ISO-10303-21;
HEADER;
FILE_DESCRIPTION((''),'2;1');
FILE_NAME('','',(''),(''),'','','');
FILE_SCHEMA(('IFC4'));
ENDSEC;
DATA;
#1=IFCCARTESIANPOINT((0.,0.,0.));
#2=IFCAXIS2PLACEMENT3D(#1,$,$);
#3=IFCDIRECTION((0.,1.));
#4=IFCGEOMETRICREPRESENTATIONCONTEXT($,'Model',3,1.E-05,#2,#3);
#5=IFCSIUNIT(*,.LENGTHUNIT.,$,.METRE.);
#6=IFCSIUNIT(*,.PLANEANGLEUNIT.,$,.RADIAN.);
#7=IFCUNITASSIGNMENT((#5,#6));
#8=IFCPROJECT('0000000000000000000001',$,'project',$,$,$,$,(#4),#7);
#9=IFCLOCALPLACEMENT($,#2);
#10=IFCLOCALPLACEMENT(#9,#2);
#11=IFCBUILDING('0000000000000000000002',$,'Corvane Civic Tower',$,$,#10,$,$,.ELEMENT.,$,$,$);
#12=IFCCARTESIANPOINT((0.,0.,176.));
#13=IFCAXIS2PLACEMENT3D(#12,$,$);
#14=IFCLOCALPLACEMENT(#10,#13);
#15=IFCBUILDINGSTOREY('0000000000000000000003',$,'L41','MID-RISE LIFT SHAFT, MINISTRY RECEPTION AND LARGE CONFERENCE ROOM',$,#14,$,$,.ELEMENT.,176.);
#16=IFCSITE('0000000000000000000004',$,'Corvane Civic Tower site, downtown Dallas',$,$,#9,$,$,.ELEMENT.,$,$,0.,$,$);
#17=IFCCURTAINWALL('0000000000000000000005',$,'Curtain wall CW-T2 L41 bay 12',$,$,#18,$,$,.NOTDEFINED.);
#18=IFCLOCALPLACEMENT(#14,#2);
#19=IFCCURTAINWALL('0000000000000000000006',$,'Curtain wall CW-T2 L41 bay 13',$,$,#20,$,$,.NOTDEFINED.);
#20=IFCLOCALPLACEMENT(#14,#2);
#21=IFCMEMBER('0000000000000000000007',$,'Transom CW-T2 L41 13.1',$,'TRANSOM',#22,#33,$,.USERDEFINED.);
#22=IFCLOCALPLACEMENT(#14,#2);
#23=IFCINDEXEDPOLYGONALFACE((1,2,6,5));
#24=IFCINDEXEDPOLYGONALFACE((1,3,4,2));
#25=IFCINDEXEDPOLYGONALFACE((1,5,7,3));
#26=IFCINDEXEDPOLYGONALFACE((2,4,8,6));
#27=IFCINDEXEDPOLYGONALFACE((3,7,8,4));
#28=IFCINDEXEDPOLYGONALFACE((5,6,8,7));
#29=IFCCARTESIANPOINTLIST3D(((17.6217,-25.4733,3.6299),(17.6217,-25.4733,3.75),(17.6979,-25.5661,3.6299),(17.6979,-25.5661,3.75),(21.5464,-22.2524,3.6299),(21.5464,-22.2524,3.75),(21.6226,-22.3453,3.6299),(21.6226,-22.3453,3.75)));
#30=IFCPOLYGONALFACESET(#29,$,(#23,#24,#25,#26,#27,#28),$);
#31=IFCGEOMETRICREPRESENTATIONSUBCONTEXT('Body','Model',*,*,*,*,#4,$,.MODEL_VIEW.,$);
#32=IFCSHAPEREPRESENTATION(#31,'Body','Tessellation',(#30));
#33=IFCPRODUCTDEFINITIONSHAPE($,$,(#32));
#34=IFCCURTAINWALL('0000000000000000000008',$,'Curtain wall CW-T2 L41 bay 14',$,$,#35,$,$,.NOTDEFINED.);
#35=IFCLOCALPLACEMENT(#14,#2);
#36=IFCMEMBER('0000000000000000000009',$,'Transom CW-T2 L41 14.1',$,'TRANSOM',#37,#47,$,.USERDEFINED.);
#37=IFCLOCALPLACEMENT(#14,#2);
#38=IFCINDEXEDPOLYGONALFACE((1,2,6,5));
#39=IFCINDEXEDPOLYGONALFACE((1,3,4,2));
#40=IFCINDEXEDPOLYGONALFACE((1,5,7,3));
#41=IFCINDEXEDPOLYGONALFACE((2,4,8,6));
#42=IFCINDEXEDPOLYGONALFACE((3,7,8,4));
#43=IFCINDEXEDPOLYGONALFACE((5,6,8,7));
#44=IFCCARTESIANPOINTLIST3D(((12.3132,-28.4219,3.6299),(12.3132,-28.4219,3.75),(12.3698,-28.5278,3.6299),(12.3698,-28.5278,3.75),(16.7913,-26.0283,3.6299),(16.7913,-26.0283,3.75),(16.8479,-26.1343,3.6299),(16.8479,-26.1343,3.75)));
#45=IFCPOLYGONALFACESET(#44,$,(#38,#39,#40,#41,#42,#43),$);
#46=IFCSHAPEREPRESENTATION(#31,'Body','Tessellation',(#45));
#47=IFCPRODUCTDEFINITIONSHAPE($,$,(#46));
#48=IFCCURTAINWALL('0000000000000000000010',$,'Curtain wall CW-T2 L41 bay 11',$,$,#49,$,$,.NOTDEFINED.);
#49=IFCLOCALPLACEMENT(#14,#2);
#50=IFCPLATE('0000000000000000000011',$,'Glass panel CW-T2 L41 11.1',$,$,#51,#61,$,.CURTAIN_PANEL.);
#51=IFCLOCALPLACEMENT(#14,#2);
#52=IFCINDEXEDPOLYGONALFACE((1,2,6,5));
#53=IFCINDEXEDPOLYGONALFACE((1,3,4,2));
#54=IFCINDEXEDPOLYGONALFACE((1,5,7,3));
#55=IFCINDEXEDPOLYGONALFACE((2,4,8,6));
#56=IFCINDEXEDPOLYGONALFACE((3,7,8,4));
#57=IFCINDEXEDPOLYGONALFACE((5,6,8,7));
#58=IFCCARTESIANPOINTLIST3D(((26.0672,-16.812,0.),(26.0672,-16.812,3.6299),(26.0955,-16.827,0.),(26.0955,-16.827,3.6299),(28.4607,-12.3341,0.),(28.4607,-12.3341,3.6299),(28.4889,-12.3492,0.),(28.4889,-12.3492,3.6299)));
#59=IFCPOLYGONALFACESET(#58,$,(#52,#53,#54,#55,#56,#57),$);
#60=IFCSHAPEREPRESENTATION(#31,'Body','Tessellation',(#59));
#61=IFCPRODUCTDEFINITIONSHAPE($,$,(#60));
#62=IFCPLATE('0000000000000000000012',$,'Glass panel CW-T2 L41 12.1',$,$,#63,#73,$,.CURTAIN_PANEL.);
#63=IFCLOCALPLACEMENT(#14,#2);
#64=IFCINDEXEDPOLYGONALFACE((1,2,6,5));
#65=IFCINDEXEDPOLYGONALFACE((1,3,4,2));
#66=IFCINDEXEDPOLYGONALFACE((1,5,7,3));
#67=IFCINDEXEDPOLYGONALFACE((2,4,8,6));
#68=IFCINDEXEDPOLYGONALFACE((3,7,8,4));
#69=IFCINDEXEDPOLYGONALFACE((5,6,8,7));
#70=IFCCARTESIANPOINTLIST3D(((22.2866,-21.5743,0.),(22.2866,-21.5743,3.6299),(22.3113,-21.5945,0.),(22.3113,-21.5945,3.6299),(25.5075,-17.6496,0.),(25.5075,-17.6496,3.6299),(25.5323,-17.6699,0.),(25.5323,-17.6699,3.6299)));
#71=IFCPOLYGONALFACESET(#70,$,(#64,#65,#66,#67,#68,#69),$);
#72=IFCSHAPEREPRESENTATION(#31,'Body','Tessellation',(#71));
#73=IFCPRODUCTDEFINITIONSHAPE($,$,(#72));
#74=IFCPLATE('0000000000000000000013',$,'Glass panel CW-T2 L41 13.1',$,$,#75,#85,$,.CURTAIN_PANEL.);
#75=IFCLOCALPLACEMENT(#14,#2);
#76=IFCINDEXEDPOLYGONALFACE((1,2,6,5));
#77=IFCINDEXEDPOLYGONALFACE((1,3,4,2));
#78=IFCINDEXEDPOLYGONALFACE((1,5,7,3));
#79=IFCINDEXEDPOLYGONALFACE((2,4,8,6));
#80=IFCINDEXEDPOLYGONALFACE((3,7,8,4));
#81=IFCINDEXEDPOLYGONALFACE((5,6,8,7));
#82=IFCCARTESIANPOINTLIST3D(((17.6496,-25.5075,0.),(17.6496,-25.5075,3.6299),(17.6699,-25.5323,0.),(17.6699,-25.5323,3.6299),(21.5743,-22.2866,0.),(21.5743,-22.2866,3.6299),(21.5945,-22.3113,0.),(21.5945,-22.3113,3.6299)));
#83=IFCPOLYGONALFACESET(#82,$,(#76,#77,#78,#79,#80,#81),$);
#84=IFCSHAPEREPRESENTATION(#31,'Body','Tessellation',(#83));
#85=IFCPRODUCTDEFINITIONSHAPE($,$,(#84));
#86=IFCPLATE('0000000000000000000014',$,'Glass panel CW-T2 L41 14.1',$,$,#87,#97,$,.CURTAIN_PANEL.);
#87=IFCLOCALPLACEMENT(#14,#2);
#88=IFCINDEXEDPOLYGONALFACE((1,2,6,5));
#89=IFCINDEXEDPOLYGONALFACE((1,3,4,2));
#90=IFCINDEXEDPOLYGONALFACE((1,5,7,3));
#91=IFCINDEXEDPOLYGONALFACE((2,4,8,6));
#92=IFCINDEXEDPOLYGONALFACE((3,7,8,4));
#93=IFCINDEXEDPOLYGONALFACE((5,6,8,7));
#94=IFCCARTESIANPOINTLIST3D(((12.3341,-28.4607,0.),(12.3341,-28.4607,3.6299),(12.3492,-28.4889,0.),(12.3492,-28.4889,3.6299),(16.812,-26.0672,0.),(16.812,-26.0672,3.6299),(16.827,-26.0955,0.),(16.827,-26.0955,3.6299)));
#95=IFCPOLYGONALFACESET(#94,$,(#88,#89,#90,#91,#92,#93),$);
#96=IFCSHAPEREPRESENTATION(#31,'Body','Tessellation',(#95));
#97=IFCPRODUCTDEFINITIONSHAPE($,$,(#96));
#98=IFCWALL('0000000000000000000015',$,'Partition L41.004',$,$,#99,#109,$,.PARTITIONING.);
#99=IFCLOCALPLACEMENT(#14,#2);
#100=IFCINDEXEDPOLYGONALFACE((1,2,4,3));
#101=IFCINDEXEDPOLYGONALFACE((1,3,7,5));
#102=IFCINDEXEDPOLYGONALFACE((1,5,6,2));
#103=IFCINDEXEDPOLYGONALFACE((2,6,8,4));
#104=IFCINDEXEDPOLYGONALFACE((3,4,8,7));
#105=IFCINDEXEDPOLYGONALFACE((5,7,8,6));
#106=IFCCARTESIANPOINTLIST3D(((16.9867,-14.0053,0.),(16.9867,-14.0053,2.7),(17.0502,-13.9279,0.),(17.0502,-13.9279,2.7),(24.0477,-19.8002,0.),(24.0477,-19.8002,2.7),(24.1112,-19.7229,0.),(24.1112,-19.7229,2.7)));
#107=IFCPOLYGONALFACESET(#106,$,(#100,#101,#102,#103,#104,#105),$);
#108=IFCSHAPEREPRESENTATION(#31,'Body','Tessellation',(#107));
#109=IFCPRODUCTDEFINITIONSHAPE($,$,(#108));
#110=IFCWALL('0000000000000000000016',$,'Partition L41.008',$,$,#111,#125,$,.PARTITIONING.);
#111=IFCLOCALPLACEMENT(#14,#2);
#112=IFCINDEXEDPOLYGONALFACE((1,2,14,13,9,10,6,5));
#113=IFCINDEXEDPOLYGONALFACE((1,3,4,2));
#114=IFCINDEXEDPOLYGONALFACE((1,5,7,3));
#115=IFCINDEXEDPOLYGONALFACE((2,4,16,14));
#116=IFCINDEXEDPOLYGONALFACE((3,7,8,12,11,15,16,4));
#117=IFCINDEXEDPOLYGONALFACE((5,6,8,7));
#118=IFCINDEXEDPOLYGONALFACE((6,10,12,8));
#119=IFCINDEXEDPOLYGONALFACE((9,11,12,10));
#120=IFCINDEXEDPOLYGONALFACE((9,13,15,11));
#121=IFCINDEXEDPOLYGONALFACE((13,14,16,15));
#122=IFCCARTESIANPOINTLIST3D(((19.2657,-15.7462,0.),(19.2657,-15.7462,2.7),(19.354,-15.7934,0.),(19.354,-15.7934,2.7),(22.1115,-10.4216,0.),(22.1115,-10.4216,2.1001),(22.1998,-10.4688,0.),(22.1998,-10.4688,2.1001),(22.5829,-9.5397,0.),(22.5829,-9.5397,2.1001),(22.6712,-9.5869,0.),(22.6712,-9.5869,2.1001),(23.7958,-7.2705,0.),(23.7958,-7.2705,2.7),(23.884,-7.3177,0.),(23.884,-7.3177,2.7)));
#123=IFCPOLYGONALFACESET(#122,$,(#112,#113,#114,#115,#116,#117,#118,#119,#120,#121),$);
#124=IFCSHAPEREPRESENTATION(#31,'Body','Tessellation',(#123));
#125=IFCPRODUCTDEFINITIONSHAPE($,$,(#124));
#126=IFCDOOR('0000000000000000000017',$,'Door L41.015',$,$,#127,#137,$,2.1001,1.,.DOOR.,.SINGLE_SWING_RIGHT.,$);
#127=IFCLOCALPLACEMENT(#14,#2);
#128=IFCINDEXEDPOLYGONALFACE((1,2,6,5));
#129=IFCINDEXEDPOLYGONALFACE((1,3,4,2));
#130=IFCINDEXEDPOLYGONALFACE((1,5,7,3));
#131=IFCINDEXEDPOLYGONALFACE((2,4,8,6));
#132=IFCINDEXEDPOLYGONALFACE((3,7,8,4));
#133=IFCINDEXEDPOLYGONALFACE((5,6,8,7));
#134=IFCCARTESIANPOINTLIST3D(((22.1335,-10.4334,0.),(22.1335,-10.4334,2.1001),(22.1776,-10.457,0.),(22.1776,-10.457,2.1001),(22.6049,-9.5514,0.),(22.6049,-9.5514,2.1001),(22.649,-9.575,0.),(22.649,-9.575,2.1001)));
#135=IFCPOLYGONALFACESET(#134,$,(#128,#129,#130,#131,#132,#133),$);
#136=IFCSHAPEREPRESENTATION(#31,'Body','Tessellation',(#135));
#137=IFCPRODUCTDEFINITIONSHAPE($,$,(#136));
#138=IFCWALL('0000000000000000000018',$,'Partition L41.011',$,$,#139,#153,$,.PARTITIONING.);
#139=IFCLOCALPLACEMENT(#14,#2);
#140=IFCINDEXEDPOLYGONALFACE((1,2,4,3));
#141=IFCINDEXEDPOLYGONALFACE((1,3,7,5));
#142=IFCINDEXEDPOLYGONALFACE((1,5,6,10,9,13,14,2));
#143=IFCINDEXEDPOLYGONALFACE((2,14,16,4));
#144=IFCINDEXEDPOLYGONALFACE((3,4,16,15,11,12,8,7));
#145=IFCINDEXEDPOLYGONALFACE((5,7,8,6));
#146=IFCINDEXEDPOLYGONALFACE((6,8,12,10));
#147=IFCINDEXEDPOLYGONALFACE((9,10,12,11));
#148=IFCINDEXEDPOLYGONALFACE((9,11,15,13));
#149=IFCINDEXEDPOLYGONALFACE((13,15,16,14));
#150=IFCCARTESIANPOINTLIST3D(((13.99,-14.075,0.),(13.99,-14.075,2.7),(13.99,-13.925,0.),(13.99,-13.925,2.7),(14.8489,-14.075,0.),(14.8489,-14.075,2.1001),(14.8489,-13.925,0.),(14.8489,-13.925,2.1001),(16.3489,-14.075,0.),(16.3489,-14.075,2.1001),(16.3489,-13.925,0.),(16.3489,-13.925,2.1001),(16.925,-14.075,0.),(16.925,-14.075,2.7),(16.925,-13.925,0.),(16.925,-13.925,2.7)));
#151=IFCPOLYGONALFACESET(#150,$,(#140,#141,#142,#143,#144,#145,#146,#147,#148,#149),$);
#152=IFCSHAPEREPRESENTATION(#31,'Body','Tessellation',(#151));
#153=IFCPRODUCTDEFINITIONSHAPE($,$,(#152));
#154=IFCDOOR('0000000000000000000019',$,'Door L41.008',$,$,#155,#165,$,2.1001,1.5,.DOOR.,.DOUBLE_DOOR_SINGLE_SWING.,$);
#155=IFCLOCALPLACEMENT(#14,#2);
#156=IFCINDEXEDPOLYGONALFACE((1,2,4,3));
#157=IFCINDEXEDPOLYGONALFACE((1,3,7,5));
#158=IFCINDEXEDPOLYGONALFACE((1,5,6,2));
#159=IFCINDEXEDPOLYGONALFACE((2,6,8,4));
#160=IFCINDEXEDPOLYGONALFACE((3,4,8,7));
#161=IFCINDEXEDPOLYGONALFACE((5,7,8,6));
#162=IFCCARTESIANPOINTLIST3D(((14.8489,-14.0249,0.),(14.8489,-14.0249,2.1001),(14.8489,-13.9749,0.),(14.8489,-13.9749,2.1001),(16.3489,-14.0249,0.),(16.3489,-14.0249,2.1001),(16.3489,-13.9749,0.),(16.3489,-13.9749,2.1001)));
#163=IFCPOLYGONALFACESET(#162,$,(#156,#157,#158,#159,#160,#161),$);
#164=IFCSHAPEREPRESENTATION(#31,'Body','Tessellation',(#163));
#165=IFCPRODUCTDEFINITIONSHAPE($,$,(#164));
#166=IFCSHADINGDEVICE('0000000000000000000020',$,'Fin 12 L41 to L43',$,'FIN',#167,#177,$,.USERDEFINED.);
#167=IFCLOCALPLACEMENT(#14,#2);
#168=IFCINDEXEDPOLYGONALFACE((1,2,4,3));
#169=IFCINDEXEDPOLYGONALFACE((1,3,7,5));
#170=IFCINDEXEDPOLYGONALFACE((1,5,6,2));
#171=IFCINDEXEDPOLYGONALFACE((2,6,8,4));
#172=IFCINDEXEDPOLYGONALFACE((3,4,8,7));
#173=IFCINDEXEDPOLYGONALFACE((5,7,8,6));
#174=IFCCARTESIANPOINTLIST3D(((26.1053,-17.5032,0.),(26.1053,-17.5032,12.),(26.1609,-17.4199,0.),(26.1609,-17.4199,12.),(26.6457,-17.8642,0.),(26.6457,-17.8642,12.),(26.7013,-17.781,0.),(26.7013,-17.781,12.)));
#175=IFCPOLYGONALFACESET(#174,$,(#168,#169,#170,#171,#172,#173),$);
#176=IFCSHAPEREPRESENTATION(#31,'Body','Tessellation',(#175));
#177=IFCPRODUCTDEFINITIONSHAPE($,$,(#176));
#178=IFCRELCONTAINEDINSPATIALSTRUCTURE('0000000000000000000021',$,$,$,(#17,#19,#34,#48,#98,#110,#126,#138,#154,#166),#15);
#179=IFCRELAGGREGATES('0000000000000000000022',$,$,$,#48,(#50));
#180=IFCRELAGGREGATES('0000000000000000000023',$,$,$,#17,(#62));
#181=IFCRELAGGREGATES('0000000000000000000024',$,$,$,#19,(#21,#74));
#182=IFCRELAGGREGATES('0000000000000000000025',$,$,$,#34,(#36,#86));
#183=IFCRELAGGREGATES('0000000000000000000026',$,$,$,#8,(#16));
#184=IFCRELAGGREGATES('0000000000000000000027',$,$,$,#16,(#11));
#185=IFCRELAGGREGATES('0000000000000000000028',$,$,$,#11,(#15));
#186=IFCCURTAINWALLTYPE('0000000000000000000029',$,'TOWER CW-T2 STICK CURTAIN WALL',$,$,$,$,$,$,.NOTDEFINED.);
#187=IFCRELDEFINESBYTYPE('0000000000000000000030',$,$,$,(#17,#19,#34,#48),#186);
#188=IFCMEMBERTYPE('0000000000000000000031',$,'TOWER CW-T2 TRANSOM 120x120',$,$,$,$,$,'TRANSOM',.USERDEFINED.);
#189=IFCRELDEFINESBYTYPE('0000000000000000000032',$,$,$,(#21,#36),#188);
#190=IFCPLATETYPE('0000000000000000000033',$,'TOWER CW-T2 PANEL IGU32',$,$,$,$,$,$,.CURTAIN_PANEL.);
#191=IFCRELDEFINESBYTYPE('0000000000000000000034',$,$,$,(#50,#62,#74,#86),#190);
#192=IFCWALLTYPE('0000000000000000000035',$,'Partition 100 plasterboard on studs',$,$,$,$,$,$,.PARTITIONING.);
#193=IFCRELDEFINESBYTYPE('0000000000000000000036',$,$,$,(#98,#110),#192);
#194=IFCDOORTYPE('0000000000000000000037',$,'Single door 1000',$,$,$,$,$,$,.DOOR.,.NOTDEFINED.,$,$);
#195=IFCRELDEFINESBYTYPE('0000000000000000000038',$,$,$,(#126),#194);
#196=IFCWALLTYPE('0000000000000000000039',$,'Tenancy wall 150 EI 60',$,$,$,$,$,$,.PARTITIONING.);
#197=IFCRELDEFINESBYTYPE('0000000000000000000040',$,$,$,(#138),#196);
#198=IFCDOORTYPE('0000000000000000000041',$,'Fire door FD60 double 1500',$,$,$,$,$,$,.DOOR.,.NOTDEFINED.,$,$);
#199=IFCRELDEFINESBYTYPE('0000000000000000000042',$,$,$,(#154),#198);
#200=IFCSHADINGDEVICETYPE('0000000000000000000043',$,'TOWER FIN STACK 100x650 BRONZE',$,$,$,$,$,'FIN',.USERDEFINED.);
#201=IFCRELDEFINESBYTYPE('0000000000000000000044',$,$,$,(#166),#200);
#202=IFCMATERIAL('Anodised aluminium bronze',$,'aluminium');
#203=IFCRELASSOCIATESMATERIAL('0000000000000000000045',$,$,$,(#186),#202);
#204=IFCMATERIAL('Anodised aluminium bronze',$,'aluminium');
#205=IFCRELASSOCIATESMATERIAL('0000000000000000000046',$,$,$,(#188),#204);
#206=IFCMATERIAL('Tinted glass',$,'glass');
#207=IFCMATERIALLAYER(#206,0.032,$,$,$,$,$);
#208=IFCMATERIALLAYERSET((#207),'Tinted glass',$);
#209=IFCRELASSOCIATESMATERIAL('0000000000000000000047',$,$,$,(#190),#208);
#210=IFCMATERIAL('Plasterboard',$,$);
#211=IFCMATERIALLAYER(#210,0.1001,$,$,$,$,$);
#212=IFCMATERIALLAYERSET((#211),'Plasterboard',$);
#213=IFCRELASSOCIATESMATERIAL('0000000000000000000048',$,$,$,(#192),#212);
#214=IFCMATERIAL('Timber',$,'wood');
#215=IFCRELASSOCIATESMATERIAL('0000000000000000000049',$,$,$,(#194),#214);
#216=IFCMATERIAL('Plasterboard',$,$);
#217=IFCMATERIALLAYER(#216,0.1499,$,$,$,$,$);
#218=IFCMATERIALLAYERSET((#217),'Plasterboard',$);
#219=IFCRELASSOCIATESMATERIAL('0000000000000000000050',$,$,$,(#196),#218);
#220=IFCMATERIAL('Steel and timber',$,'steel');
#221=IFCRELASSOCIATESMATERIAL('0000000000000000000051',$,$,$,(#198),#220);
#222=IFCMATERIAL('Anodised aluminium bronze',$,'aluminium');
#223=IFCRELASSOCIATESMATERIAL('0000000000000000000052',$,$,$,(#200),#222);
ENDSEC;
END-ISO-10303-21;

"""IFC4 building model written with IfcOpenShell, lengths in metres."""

from ifc_helpers import new_model, si_unit, direction, frame, frame_2d, origin, origin_2d, place, context, subcontext, project, spatial, rectangle, extrude, material, layer, layer_set, material_profile, profile_set, type_object, element, fill, aggregate, save


model = new_model("IFC4")

# Units and contexts
model_context = context("Model", 3, precision=1e-05, world=origin(), true_north=direction((0.0, 1.0)))
body_context = subcontext(model_context, "Body", "Model", "MODEL_VIEW")
ifc_project = project(units=[si_unit("LENGTHUNIT", "METRE"), si_unit("PLANEANGLEUNIT", "RADIAN")], contexts=[model_context])

# Site, building, storey
site_placement = place(None, origin())
site = spatial("IfcSite", under=ifc_project, at=site_placement, Name="Corvane Civic Tower site, downtown Dallas", CompositionType="ELEMENT", RefElevation=0.0)
building_placement = place(site_placement, origin())
building = spatial("IfcBuilding", under=site, at=building_placement, Name="Corvane Civic Tower", CompositionType="ELEMENT")
storey_placement = place(building_placement, frame((0.0, 0.0, 176.0)))
storey = spatial("IfcBuildingStorey", under=building, at=storey_placement, Name="L41", Description="MID-RISE LIFT SHAFT, MINISTRY RECEPTION AND LARGE CONFERENCE ROOM", CompositionType="ELEMENT", Elevation=176.0)

# Curtain walls, members
ifc_material_1 = material(Name="Anodised aluminium bronze", Category="aluminium")
curtain_wall_type = type_object("IfcCurtainWallType", Name="TOWER CW-T2 STICK CURTAIN WALL", PredefinedType="NOTDEFINED", material=ifc_material_1)
curtain_wall_1_placement = place(storey_placement, origin())
curtain_wall_1 = element("IfcCurtainWall", 1, at=curtain_wall_1_placement, inside=storey, type_object=curtain_wall_type, Name="Curtain wall CW-T2 L41 bay 12", PredefinedType="NOTDEFINED")
ifc_material_2 = material(Name="Anodised aluminium bronze", Category="aluminium")
ifc_material_profile_1 = material_profile(ifc_material_2, rectangle(XDim=0.1201, YDim=0.1201, at=origin_2d()), Name="TOWER CW-T2 TRANSOM 120x120")
ifc_profile_set_1 = profile_set([ifc_material_profile_1], Name="Anodised aluminium bronze")
member_type = type_object("IfcMemberType", Name="TOWER CW-T2 TRANSOM 120x120", ElementType="TRANSOM", PredefinedType="USERDEFINED", material=ifc_profile_set_1)
curtain_wall_2_placement = place(storey_placement, origin())
curtain_wall_2 = element("IfcCurtainWall", 2, at=curtain_wall_2_placement, inside=storey, type_object=curtain_wall_type, Name="Curtain wall CW-T2 L41 bay 13", PredefinedType="NOTDEFINED")
member_1_placement = place(storey_placement, frame((21.5845, -22.2988, 3.6899), z_axis=(-0.773016, -0.634387, 0.0), x_axis=(0.634387, -0.773016, 0.0)))
member_1 = element("IfcMember", 3, at=member_1_placement, type_object=member_type, Name="Transom CW-T2 L41 13.1", ObjectType="TRANSOM", PredefinedType="USERDEFINED", context=body_context, shape_type="SweptSolid", body=[
    extrude(rectangle(XDim=0.1201, YDim=0.1201, at=origin_2d()), origin(), (0.0, 0.0, 1.0), 5.0771),
])
curtain_wall_3_placement = place(storey_placement, origin())
curtain_wall_3 = element("IfcCurtainWall", 4, at=curtain_wall_3_placement, inside=storey, type_object=curtain_wall_type, Name="Curtain wall CW-T2 L41 bay 14", PredefinedType="NOTDEFINED")
member_2_placement = place(storey_placement, frame((16.8196, -26.0813, 3.6899), z_axis=(-0.881921, -0.471397, 0.0), x_axis=(0.471397, -0.881921, 0.0)))
member_2 = element("IfcMember", 5, at=member_2_placement, type_object=member_type, Name="Transom CW-T2 L41 14.1", ObjectType="TRANSOM", PredefinedType="USERDEFINED", context=body_context, shape_type="SweptSolid", body=[
    extrude(rectangle(XDim=0.1201, YDim=0.1201, at=origin_2d()), origin(), (0.0, 0.0, 1.0), 5.0776),
])

# Curtain wall, plate
curtain_wall_4_placement = place(storey_placement, origin())
curtain_wall_4 = element("IfcCurtainWall", 6, at=curtain_wall_4_placement, inside=storey, type_object=curtain_wall_type, Name="Curtain wall CW-T2 L41 bay 11", PredefinedType="NOTDEFINED")
ifc_material_3 = material(Name="Tinted glass", Category="glass")
ifc_layer_1 = layer(ifc_material_3, 0.032)
ifc_layer_set_1 = layer_set([ifc_layer_1], Name="Tinted glass")
plate_type = type_object("IfcPlateType", Name="TOWER CW-T2 PANEL IGU32", PredefinedType="CURTAIN_PANEL", material=ifc_layer_set_1)
plate_1_placement = place(storey_placement, frame((27.2781, -14.5806, 0.0), z_axis=(0.0, 0.0, 1.0), x_axis=(-0.471395, -0.881922, 0.0)))
plate_1 = element("IfcPlate", 7, at=plate_1_placement, type_object=plate_type, Name="Glass panel CW-T2 L41 11.1", PredefinedType="CURTAIN_PANEL", context=body_context, shape_type="SweptSolid", body=[
    extrude(rectangle(XDim=5.0774, YDim=0.032, at=origin_2d()), origin(), (0.0, 0.0, 1.0), 3.6299),
])
aggregate(curtain_wall_4, [plate_1])

# Plates
plate_2_placement = place(storey_placement, frame((23.9094, -19.6221, 0.0), z_axis=(0.0, 0.0, 1.0), x_axis=(-0.6344, -0.773005, 0.0)))
plate_2 = element("IfcPlate", 8, at=plate_2_placement, type_object=plate_type, Name="Glass panel CW-T2 L41 12.1", PredefinedType="CURTAIN_PANEL", context=body_context, shape_type="SweptSolid", body=[
    extrude(rectangle(XDim=5.0771, YDim=0.032, at=origin_2d()), origin(), (0.0, 0.0, 1.0), 3.6299),
])
aggregate(curtain_wall_1, [plate_2])
plate_3_placement = place(storey_placement, frame((19.6221, -23.9094, 0.0), z_axis=(0.0, 0.0, 1.0), x_axis=(-0.773005, -0.6344, 0.0)))
plate_3 = element("IfcPlate", 9, at=plate_3_placement, type_object=plate_type, Name="Glass panel CW-T2 L41 13.1", PredefinedType="CURTAIN_PANEL", context=body_context, shape_type="SweptSolid", body=[
    extrude(rectangle(XDim=5.0771, YDim=0.032, at=origin_2d()), origin(), (0.0, 0.0, 1.0), 3.6299),
])
aggregate(curtain_wall_2, [member_1, plate_3])
plate_4_placement = place(storey_placement, frame((14.5806, -27.2781, 0.0), z_axis=(0.0, 0.0, 1.0), x_axis=(-0.881922, -0.471395, 0.0)))
plate_4 = element("IfcPlate", 10, at=plate_4_placement, type_object=plate_type, Name="Glass panel CW-T2 L41 14.1", PredefinedType="CURTAIN_PANEL", context=body_context, shape_type="SweptSolid", body=[
    extrude(rectangle(XDim=5.0774, YDim=0.032, at=origin_2d()), origin(), (0.0, 0.0, 1.0), 3.6299),
])
aggregate(curtain_wall_3, [member_2, plate_4])

# Wall
ifc_material_4 = material(Name="Plasterboard")
ifc_layer_2 = layer(ifc_material_4, 0.1001)
ifc_layer_set_2 = layer_set([ifc_layer_2], Name="Plasterboard")
wall_type_1 = type_object("IfcWallType", Name="Partition 100 plasterboard on studs", PredefinedType="PARTITIONING", material=ifc_layer_set_2)
wall_1_placement = place(storey_placement, frame((17.0183, -13.9666, 0.0), z_axis=(0.0, 0.0, 1.0), x_axis=(0.773006, -0.634399, 0.0)))
element("IfcWall", 11, at=wall_1_placement, inside=storey, type_object=wall_type_1, Name="Partition L41.004", PredefinedType="PARTITIONING", context=body_context, shape_type="SweptSolid", body=[
    extrude(rectangle(XDim=9.1345, YDim=0.1001, at=frame_2d((4.5674, 0.0))), origin(), (0.0, 0.0, 1.0), 2.7),
])

# Walls, openings, doors
wall_2_placement = place(storey_placement, frame((19.3098, -15.7698, 0.0), z_axis=(0.0, 0.0, 1.0), x_axis=(0.471375, 0.881933, 0.0)))
wall_2 = element("IfcWall", 12, at=wall_2_placement, inside=storey, type_object=wall_type_1, Name="Partition L41.008", PredefinedType="PARTITIONING", context=body_context, shape_type="SweptSolid", body=[
    extrude(rectangle(XDim=9.6104, YDim=0.1001, at=frame_2d((4.8052, 0.0))), origin(), (0.0, 0.0, 1.0), 2.7),
])
opening_1_placement = place(wall_2_placement, frame((6.0374, 0.0, 0.0)))
opening_1 = element("IfcOpeningElement", 13, at=opening_1_placement, cuts=wall_2, PredefinedType="OPENING", context=body_context, shape_type="SweptSolid", body=[
    extrude(rectangle(XDim=1.0, YDim=2.1001, at=frame_2d((0.5, 1.05))), frame((0.0, 0.0601, 0.0), z_axis=(0.0, -1.0, 0.0), x_axis=(1.0, 0.0, 0.0)), (0.0, 0.0, 1.0), 0.1201),
])
ifc_material_5 = material(Name="Timber", Category="wood")
door_type_1 = type_object("IfcDoorType", Name="Single door 1000", OperationType="NOTDEFINED", PredefinedType="DOOR", material=ifc_material_5)
door_1_placement = place(opening_1_placement, frame((1.0, 0.0, 0.0), z_axis=(0.0, 0.0, 1.0), x_axis=(-1.0, 0.0, 0.0)))
door_1 = element("IfcDoor", 14, at=door_1_placement, inside=storey, type_object=door_type_1, Name="Door L41.015", OperationType="SINGLE_SWING_RIGHT", OverallHeight=2.1001, OverallWidth=1.0, PredefinedType="DOOR", context=body_context, shape_type="SweptSolid", body=[
    extrude(rectangle(XDim=1.0, YDim=2.1001, at=frame_2d((0.5, 1.05))), frame((0.0, 0.0249, 0.0), z_axis=(0.0, -1.0, 0.0), x_axis=(1.0, 0.0, 0.0)), (0.0, 0.0, 1.0), 0.05),
])
fill(opening_1, door_1)
ifc_material_6 = material(Name="Plasterboard")
ifc_layer_3 = layer(ifc_material_6, 0.1499)
ifc_layer_set_3 = layer_set([ifc_layer_3], Name="Plasterboard")
wall_type_2 = type_object("IfcWallType", Name="Tenancy wall 150 EI 60", PredefinedType="PARTITIONING", material=ifc_layer_set_3)
wall_3_placement = place(storey_placement, frame((13.99, -14.0, 0.0), z_axis=(0.0, 0.0, 1.0), x_axis=(1.0, 0.0, 0.0)))
wall_3 = element("IfcWall", 15, at=wall_3_placement, inside=storey, type_object=wall_type_2, Name="Partition L41.011", PredefinedType="PARTITIONING", context=body_context, shape_type="SweptSolid", body=[
    extrude(rectangle(XDim=2.9351, YDim=0.1499, at=frame_2d((1.4675, 0.0))), origin(), (0.0, 0.0, 1.0), 2.7),
])
opening_2_placement = place(wall_3_placement, frame((0.8589, 0.0, 0.0)))
opening_2 = element("IfcOpeningElement", 16, at=opening_2_placement, cuts=wall_3, PredefinedType="OPENING", context=body_context, shape_type="SweptSolid", body=[
    extrude(rectangle(XDim=1.5, YDim=2.1001, at=frame_2d((0.75, 1.05))), frame((0.0, 0.085, 0.0), z_axis=(0.0, -1.0, 0.0), x_axis=(1.0, 0.0, 0.0)), (0.0, 0.0, 1.0), 0.1699),
])
ifc_material_7 = material(Name="Steel and timber", Category="steel")
door_type_2 = type_object("IfcDoorType", Name="Fire door FD60 double 1500", OperationType="NOTDEFINED", PredefinedType="DOOR", material=ifc_material_7)
door_2_placement = place(opening_2_placement, frame((1.5, 0.0, 0.0), z_axis=(0.0, 0.0, 1.0), x_axis=(-1.0, 0.0, 0.0)))
door_2 = element("IfcDoor", 17, at=door_2_placement, inside=storey, type_object=door_type_2, Name="Door L41.008", OperationType="DOUBLE_DOOR_SINGLE_SWING", OverallHeight=2.1001, OverallWidth=1.5, PredefinedType="DOOR", context=body_context, shape_type="SweptSolid", body=[
    extrude(rectangle(XDim=1.5, YDim=2.1001, at=frame_2d((0.75, 1.05))), frame((0.0, 0.0249, 0.0), z_axis=(0.0, -1.0, 0.0), x_axis=(1.0, 0.0, 0.0)), (0.0, 0.0, 1.0), 0.05),
])
fill(opening_2, door_2)

# Shading device
ifc_material_8 = material(Name="Anodised aluminium bronze", Category="aluminium")
ifc_material_profile_2 = material_profile(ifc_material_8, rectangle(XDim=0.1001, YDim=0.6499, at=origin_2d()), Name="TOWER FIN STACK 100x650 BRONZE")
ifc_profile_set_2 = profile_set([ifc_material_profile_2], Name="Anodised aluminium bronze")
shading_device_type = type_object("IfcShadingDeviceType", Name="TOWER FIN STACK 100x650 BRONZE", ElementType="FIN", PredefinedType="USERDEFINED", material=ifc_profile_set_2)
for number, where, z_axis, x_axis, name in (
    (18, (26.4033, -17.6421, 0.0), (0.0, 0.0, 1.0), (-0.55557, -0.83147, 0.0), "Fin 12 L41 to L43"),
):
    element("IfcShadingDevice", number, at=place(storey_placement, frame(where, z_axis=z_axis, x_axis=x_axis)), inside=storey, type_object=shading_device_type, Name=name, ObjectType="FIN", PredefinedType="USERDEFINED", context=body_context, shape_type="SweptSolid", body=[
        extrude(rectangle(XDim=0.1001, YDim=0.6499, at=origin_2d()), origin(), (0.0, 0.0, 1.0), 12.0),
    ])

save(model, "model.ifc")
